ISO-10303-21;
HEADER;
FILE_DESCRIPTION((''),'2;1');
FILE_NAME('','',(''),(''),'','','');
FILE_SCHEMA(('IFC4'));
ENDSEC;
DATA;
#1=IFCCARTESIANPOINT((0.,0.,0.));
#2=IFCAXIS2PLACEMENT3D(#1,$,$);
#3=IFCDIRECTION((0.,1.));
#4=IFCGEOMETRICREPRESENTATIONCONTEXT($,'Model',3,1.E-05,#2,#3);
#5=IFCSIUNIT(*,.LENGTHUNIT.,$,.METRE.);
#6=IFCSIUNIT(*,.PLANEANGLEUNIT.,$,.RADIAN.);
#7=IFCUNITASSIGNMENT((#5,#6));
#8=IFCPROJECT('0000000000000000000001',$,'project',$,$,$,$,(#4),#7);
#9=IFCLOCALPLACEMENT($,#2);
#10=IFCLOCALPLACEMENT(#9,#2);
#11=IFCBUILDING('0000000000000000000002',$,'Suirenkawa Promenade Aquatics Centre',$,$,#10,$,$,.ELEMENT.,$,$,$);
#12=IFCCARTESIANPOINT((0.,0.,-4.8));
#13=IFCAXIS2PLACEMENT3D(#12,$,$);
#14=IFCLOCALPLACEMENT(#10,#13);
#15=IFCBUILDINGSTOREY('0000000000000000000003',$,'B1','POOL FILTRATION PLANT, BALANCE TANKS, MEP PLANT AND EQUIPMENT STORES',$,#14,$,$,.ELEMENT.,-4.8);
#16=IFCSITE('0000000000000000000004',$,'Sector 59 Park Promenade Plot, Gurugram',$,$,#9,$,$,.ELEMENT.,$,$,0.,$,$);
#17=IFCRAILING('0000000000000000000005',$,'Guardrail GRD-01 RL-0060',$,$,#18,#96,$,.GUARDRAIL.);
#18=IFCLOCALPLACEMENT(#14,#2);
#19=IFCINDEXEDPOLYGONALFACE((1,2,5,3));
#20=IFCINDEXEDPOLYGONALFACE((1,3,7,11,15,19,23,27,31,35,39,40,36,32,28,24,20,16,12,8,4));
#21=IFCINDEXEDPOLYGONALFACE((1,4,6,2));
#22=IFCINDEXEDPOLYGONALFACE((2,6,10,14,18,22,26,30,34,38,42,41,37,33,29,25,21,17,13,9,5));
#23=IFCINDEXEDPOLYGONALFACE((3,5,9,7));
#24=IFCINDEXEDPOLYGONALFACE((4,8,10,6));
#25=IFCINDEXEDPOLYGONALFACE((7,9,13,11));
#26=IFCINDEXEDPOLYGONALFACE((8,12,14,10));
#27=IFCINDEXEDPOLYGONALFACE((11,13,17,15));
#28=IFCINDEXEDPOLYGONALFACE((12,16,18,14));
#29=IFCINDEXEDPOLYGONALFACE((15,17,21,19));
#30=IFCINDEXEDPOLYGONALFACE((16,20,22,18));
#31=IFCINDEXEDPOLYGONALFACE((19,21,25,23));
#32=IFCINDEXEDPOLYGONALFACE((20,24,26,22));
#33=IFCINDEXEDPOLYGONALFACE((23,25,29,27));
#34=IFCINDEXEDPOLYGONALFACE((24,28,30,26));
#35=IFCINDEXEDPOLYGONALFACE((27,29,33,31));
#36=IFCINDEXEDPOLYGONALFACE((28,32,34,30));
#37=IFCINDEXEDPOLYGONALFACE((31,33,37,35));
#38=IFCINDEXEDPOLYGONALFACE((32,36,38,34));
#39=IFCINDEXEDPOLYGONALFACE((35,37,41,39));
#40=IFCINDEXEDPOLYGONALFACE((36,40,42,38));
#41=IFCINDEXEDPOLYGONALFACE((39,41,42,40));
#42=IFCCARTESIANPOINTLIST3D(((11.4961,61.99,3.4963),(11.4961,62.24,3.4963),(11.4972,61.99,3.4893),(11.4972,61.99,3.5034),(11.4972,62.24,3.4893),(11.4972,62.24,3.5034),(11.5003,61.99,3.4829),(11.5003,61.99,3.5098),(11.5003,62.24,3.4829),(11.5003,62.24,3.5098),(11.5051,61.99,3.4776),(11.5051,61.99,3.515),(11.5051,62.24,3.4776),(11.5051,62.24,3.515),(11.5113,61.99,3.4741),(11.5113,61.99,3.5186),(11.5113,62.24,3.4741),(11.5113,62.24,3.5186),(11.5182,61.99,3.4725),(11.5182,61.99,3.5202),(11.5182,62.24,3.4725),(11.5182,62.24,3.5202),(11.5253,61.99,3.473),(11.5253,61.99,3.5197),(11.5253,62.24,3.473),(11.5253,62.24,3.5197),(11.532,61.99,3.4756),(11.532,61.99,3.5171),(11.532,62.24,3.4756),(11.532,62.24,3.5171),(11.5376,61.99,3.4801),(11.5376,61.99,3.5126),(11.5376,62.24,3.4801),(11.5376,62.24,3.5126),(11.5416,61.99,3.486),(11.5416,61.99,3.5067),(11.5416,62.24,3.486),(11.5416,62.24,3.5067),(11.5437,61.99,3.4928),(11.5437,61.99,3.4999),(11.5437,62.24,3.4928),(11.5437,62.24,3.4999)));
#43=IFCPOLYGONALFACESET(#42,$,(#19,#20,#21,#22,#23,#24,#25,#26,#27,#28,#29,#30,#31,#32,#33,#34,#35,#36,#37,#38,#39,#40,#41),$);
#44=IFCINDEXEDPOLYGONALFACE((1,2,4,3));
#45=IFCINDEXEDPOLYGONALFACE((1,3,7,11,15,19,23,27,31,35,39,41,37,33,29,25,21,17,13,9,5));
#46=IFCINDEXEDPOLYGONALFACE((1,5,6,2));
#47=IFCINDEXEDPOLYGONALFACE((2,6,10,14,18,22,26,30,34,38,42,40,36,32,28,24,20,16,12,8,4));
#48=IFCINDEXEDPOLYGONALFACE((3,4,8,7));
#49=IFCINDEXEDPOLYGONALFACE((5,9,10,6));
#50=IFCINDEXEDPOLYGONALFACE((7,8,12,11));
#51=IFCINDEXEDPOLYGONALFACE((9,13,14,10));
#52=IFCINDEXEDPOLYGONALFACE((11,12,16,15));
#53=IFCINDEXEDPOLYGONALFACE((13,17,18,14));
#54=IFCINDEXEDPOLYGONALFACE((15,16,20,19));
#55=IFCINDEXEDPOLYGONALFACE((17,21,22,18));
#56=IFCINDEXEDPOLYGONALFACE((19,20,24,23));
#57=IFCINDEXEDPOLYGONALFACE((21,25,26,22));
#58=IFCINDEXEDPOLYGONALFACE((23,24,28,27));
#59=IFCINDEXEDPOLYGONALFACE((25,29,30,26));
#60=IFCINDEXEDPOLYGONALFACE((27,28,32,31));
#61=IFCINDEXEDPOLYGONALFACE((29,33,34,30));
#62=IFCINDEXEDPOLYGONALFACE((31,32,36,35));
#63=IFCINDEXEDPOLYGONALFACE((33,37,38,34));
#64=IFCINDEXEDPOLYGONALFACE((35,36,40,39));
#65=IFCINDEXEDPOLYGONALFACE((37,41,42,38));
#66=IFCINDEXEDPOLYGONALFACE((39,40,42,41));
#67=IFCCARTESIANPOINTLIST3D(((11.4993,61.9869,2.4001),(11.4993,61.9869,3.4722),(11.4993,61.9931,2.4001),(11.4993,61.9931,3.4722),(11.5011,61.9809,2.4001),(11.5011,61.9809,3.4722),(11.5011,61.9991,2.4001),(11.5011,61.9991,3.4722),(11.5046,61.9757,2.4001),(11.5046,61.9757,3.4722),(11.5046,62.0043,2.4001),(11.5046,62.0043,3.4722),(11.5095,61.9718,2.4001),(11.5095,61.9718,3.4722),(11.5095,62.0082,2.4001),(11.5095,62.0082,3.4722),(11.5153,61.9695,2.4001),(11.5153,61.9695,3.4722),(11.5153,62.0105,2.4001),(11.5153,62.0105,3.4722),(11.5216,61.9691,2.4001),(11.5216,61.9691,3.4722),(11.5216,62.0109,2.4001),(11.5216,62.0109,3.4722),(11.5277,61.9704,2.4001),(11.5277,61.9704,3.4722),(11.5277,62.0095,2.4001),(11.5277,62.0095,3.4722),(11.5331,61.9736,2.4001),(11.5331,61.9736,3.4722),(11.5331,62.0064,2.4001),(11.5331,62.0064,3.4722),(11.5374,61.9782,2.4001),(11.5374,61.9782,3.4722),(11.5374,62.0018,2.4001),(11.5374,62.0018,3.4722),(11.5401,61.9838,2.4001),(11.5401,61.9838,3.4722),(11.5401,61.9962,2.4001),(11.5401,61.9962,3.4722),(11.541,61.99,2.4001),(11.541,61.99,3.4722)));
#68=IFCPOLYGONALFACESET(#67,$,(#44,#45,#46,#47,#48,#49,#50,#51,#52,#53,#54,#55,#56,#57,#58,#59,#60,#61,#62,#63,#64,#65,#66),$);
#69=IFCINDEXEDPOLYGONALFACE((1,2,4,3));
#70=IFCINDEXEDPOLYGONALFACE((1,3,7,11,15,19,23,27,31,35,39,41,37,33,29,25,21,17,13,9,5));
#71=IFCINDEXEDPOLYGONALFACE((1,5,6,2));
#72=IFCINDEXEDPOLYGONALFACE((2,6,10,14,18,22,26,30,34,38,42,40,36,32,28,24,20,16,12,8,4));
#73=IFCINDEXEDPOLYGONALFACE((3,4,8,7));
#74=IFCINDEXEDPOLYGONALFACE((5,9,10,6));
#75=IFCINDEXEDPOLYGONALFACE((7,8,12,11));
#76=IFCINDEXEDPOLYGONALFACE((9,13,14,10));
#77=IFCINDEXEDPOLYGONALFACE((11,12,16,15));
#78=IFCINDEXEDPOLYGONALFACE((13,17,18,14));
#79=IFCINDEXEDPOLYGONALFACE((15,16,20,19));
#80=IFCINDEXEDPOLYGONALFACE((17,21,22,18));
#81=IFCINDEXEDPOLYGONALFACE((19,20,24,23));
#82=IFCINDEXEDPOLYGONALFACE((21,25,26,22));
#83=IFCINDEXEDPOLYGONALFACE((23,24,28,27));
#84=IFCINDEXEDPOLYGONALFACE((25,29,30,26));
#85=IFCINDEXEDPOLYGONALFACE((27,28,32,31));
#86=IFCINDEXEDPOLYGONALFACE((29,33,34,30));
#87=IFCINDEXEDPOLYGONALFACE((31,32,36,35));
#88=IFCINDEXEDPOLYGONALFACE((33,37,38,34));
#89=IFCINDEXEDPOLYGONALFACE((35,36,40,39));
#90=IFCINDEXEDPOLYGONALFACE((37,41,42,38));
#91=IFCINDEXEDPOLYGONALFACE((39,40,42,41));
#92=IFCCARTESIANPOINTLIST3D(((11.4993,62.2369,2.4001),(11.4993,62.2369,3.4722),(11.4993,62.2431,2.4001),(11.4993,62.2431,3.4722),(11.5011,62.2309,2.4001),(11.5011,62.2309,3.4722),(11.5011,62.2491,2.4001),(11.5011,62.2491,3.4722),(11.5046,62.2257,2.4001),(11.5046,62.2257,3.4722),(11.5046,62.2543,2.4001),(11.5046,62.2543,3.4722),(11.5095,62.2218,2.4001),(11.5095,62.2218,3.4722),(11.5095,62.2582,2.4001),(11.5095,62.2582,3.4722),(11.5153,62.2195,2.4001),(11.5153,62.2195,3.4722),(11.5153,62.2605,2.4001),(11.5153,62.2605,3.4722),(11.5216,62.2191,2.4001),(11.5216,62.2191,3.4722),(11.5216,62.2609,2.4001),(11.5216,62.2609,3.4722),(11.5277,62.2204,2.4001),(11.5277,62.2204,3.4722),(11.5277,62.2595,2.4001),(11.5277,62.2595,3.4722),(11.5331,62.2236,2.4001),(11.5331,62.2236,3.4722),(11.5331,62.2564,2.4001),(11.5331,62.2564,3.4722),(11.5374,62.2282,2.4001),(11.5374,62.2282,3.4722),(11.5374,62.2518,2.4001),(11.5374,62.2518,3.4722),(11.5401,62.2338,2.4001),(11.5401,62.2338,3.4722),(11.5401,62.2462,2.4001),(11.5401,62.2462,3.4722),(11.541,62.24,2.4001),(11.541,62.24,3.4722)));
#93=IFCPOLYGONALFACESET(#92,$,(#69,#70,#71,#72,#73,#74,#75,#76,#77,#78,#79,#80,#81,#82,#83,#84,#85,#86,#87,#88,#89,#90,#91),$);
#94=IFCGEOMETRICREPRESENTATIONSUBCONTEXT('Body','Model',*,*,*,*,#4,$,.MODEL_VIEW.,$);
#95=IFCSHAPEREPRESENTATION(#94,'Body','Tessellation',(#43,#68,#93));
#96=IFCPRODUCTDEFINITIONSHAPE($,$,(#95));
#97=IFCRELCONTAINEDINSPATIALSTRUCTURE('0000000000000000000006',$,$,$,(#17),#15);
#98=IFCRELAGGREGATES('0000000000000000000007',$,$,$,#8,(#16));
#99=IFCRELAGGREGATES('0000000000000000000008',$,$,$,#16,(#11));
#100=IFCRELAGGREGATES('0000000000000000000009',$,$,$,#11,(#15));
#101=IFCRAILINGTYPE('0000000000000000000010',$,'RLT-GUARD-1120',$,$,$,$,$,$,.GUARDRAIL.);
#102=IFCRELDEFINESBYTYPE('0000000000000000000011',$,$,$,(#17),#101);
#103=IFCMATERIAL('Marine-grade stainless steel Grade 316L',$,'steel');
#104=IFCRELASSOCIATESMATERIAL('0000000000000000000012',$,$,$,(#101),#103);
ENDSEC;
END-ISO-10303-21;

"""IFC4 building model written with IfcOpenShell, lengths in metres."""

from ifc_helpers import new_model, si_unit, direction, frame, origin, origin_2d, place, context, subcontext, project, spatial, circle, extrude, material, type_object, element, save


model = new_model("IFC4")

# Units and contexts
model_context = context("Model", 3, precision=1e-05, world=origin(), true_north=direction((0.0, 1.0)))
body_context = subcontext(model_context, "Body", "Model", "MODEL_VIEW")
ifc_project = project(units=[si_unit("LENGTHUNIT", "METRE"), si_unit("PLANEANGLEUNIT", "RADIAN")], contexts=[model_context])

# Site, building, storey
site_placement = place(None, origin())
site = spatial("IfcSite", under=ifc_project, at=site_placement, Name="Sector 59 Park Promenade Plot, Gurugram", CompositionType="ELEMENT", RefElevation=0.0)
building_placement = place(site_placement, origin())
building = spatial("IfcBuilding", under=site, at=building_placement, Name="Suirenkawa Promenade Aquatics Centre", CompositionType="ELEMENT")
storey_placement = place(building_placement, frame((0.0, 0.0, -4.8)))
storey = spatial("IfcBuildingStorey", under=building, at=storey_placement, Name="B1", Description="POOL FILTRATION PLANT, BALANCE TANKS, MEP PLANT AND EQUIPMENT STORES", CompositionType="ELEMENT", Elevation=-4.8)

# Railing
ifc_material_1 = material(Name="Marine-grade stainless steel Grade 316L", Category="steel")
railing_type_1 = type_object("IfcRailingType", Name="RLT-GUARD-1120", PredefinedType="GUARDRAIL", material=ifc_material_1)
railing_1_placement = place(storey_placement, frame((11.52, 61.99, 2.4001)))
element("IfcRailing", 1, at=railing_1_placement, inside=storey, type_object=railing_type_1, Name="Guardrail GRD-01 RL-0060", PredefinedType="GUARDRAIL", context=body_context, shape_type="SweptSolid", body=[
    extrude(circle(Radius=0.0239, at=origin_2d()), frame((0.0, 0.0, 1.0962), z_axis=(0.0, 1.0, 0.0), x_axis=(-1.0, 0.0, 0.0)), (0.0, 0.0, 1.0), 0.25),
    extrude(circle(Radius=0.021, at=origin_2d()), origin(), (0.0, 0.0, 1.0), 1.072),
    extrude(circle(Radius=0.021, at=origin_2d()), frame((0.0, 0.25, 0.0)), (0.0, 0.0, 1.0), 1.072),
])

save(model, "model.ifc")
